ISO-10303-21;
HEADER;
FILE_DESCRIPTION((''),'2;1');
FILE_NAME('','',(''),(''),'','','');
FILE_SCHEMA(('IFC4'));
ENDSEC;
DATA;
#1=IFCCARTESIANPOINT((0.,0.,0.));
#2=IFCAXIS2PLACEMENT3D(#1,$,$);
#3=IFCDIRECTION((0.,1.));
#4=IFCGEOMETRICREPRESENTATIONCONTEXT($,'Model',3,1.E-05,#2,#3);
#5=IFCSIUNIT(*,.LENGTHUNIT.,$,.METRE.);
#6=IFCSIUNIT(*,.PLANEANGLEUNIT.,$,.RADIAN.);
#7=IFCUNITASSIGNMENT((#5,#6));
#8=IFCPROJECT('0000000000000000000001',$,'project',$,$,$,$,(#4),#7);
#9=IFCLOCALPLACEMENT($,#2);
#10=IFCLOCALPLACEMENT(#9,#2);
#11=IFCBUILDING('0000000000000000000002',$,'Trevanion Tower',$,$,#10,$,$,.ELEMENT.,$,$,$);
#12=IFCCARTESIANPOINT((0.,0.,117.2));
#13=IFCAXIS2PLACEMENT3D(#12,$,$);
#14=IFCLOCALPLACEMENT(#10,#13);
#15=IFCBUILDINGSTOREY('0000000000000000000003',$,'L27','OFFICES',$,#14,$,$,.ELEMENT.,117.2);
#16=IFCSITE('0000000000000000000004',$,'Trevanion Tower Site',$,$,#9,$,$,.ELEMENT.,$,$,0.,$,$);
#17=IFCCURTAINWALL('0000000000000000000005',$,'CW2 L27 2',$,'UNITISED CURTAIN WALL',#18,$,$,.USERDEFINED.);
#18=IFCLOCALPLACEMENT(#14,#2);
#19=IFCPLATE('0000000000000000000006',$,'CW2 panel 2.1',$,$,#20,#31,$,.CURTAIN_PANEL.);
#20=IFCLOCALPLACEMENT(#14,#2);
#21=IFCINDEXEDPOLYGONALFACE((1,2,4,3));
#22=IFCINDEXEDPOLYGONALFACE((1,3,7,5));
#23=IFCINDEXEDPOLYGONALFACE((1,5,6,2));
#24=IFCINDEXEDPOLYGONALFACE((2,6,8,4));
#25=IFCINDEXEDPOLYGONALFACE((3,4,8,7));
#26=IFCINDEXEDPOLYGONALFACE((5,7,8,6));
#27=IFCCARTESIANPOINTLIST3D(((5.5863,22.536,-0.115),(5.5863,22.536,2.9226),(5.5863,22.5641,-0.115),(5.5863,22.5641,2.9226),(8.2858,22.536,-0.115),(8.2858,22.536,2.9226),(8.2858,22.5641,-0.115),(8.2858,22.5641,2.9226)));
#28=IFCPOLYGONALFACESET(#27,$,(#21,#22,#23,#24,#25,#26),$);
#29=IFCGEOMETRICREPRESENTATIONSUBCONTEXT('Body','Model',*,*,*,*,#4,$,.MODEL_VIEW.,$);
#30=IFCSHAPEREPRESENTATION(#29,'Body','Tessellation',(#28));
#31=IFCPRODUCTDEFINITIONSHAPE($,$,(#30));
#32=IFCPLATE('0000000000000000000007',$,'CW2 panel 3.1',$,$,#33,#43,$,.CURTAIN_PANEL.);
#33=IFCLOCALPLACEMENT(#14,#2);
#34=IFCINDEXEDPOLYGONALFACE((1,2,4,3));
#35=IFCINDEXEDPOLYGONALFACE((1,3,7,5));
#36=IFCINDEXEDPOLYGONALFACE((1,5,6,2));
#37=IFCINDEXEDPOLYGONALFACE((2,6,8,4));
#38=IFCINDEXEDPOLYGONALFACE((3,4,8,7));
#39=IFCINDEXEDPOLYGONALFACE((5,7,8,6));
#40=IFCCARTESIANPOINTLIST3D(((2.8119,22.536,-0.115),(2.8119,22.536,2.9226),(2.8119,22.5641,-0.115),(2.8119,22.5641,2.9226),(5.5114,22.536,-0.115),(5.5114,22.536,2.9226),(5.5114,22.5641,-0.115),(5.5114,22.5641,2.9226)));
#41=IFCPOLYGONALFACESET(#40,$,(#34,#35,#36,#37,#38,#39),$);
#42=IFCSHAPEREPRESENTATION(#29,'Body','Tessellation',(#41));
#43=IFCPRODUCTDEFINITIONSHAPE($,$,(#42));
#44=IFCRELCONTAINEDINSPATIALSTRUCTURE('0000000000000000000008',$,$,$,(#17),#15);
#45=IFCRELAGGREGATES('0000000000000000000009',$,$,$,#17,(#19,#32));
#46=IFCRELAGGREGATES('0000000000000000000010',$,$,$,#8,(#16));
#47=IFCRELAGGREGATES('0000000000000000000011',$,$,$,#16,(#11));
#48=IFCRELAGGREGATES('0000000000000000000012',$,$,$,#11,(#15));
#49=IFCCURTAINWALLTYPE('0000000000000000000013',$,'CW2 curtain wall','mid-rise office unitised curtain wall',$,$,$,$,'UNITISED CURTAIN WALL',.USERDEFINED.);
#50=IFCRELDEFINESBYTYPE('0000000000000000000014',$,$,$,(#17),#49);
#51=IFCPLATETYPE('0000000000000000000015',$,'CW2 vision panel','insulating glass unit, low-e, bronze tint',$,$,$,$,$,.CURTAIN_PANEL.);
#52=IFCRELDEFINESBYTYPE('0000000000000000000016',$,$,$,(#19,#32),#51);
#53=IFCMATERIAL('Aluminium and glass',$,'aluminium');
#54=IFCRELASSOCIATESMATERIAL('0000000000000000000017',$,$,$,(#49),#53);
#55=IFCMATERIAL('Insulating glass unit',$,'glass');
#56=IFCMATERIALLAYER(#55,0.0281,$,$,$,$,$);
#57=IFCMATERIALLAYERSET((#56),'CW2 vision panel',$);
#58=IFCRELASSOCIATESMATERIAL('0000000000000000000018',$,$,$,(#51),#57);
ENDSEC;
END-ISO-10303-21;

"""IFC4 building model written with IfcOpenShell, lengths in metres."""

from ifc_helpers import new_model, si_unit, direction, frame, origin, origin_2d, place, context, subcontext, project, spatial, rectangle, extrude, material, layer, layer_set, type_object, element, aggregate, save


model = new_model("IFC4")

# Units and contexts
model_context = context("Model", 3, precision=1e-05, world=origin(), true_north=direction((0.0, 1.0)))
body_context = subcontext(model_context, "Body", "Model", "MODEL_VIEW")
ifc_project = project(units=[si_unit("LENGTHUNIT", "METRE"), si_unit("PLANEANGLEUNIT", "RADIAN")], contexts=[model_context])

# Site, building, storey
site_placement = place(None, origin())
site = spatial("IfcSite", under=ifc_project, at=site_placement, Name="Trevanion Tower Site", CompositionType="ELEMENT", RefElevation=0.0)
building_placement = place(site_placement, origin())
building = spatial("IfcBuilding", under=site, at=building_placement, Name="Trevanion Tower", CompositionType="ELEMENT")
storey_placement = place(building_placement, frame((0.0, 0.0, 117.2)))
storey = spatial("IfcBuildingStorey", under=building, at=storey_placement, Name="L27", Description="OFFICES", CompositionType="ELEMENT", Elevation=117.2)

# Curtain wall, plates
ifc_material_1 = material(Name="Aluminium and glass", Category="aluminium")
curtain_wall_type = type_object("IfcCurtainWallType", Name="CW2 curtain wall", Description="mid-rise office unitised curtain wall", ElementType="UNITISED CURTAIN WALL", PredefinedType="USERDEFINED", material=ifc_material_1)
curtain_wall_placement = place(storey_placement, origin())
curtain_wall = element("IfcCurtainWall", 1, at=curtain_wall_placement, inside=storey, type_object=curtain_wall_type, Name="CW2 L27 2", ObjectType="UNITISED CURTAIN WALL", PredefinedType="USERDEFINED")
ifc_material_2 = material(Name="Insulating glass unit", Category="glass")
ifc_layer_1 = layer(ifc_material_2, 0.0281)
ifc_layer_set_1 = layer_set([ifc_layer_1], Name="CW2 vision panel")
plate_type_1 = type_object("IfcPlateType", Name="CW2 vision panel", Description="insulating glass unit, low-e, bronze tint", PredefinedType="CURTAIN_PANEL", material=ifc_layer_set_1)
plate_1_placement = place(storey_placement, frame((6.936, 22.55, -0.115), z_axis=(0.0, 0.0, 1.0), x_axis=(-1.0, 0.0, 0.0)))
plate_1 = element("IfcPlate", 2, at=plate_1_placement, type_object=plate_type_1, Name="CW2 panel 2.1", PredefinedType="CURTAIN_PANEL", context=body_context, shape_type="SweptSolid", body=[
    extrude(rectangle(XDim=2.6995, YDim=0.0281, at=origin_2d()), origin(), (0.0, 0.0, 1.0), 3.0376),
])
plate_2_placement = place(storey_placement, frame((4.1616, 22.55, -0.115), z_axis=(0.0, 0.0, 1.0), x_axis=(-1.0, 0.0, 0.0)))
plate_2 = element("IfcPlate", 3, at=plate_2_placement, type_object=plate_type_1, Name="CW2 panel 3.1", PredefinedType="CURTAIN_PANEL", context=body_context, shape_type="SweptSolid", body=[
    extrude(rectangle(XDim=2.6995, YDim=0.0281, at=origin_2d()), origin(), (0.0, 0.0, 1.0), 3.0376),
])
aggregate(curtain_wall, [plate_1, plate_2])

save(model, "model.ifc")
